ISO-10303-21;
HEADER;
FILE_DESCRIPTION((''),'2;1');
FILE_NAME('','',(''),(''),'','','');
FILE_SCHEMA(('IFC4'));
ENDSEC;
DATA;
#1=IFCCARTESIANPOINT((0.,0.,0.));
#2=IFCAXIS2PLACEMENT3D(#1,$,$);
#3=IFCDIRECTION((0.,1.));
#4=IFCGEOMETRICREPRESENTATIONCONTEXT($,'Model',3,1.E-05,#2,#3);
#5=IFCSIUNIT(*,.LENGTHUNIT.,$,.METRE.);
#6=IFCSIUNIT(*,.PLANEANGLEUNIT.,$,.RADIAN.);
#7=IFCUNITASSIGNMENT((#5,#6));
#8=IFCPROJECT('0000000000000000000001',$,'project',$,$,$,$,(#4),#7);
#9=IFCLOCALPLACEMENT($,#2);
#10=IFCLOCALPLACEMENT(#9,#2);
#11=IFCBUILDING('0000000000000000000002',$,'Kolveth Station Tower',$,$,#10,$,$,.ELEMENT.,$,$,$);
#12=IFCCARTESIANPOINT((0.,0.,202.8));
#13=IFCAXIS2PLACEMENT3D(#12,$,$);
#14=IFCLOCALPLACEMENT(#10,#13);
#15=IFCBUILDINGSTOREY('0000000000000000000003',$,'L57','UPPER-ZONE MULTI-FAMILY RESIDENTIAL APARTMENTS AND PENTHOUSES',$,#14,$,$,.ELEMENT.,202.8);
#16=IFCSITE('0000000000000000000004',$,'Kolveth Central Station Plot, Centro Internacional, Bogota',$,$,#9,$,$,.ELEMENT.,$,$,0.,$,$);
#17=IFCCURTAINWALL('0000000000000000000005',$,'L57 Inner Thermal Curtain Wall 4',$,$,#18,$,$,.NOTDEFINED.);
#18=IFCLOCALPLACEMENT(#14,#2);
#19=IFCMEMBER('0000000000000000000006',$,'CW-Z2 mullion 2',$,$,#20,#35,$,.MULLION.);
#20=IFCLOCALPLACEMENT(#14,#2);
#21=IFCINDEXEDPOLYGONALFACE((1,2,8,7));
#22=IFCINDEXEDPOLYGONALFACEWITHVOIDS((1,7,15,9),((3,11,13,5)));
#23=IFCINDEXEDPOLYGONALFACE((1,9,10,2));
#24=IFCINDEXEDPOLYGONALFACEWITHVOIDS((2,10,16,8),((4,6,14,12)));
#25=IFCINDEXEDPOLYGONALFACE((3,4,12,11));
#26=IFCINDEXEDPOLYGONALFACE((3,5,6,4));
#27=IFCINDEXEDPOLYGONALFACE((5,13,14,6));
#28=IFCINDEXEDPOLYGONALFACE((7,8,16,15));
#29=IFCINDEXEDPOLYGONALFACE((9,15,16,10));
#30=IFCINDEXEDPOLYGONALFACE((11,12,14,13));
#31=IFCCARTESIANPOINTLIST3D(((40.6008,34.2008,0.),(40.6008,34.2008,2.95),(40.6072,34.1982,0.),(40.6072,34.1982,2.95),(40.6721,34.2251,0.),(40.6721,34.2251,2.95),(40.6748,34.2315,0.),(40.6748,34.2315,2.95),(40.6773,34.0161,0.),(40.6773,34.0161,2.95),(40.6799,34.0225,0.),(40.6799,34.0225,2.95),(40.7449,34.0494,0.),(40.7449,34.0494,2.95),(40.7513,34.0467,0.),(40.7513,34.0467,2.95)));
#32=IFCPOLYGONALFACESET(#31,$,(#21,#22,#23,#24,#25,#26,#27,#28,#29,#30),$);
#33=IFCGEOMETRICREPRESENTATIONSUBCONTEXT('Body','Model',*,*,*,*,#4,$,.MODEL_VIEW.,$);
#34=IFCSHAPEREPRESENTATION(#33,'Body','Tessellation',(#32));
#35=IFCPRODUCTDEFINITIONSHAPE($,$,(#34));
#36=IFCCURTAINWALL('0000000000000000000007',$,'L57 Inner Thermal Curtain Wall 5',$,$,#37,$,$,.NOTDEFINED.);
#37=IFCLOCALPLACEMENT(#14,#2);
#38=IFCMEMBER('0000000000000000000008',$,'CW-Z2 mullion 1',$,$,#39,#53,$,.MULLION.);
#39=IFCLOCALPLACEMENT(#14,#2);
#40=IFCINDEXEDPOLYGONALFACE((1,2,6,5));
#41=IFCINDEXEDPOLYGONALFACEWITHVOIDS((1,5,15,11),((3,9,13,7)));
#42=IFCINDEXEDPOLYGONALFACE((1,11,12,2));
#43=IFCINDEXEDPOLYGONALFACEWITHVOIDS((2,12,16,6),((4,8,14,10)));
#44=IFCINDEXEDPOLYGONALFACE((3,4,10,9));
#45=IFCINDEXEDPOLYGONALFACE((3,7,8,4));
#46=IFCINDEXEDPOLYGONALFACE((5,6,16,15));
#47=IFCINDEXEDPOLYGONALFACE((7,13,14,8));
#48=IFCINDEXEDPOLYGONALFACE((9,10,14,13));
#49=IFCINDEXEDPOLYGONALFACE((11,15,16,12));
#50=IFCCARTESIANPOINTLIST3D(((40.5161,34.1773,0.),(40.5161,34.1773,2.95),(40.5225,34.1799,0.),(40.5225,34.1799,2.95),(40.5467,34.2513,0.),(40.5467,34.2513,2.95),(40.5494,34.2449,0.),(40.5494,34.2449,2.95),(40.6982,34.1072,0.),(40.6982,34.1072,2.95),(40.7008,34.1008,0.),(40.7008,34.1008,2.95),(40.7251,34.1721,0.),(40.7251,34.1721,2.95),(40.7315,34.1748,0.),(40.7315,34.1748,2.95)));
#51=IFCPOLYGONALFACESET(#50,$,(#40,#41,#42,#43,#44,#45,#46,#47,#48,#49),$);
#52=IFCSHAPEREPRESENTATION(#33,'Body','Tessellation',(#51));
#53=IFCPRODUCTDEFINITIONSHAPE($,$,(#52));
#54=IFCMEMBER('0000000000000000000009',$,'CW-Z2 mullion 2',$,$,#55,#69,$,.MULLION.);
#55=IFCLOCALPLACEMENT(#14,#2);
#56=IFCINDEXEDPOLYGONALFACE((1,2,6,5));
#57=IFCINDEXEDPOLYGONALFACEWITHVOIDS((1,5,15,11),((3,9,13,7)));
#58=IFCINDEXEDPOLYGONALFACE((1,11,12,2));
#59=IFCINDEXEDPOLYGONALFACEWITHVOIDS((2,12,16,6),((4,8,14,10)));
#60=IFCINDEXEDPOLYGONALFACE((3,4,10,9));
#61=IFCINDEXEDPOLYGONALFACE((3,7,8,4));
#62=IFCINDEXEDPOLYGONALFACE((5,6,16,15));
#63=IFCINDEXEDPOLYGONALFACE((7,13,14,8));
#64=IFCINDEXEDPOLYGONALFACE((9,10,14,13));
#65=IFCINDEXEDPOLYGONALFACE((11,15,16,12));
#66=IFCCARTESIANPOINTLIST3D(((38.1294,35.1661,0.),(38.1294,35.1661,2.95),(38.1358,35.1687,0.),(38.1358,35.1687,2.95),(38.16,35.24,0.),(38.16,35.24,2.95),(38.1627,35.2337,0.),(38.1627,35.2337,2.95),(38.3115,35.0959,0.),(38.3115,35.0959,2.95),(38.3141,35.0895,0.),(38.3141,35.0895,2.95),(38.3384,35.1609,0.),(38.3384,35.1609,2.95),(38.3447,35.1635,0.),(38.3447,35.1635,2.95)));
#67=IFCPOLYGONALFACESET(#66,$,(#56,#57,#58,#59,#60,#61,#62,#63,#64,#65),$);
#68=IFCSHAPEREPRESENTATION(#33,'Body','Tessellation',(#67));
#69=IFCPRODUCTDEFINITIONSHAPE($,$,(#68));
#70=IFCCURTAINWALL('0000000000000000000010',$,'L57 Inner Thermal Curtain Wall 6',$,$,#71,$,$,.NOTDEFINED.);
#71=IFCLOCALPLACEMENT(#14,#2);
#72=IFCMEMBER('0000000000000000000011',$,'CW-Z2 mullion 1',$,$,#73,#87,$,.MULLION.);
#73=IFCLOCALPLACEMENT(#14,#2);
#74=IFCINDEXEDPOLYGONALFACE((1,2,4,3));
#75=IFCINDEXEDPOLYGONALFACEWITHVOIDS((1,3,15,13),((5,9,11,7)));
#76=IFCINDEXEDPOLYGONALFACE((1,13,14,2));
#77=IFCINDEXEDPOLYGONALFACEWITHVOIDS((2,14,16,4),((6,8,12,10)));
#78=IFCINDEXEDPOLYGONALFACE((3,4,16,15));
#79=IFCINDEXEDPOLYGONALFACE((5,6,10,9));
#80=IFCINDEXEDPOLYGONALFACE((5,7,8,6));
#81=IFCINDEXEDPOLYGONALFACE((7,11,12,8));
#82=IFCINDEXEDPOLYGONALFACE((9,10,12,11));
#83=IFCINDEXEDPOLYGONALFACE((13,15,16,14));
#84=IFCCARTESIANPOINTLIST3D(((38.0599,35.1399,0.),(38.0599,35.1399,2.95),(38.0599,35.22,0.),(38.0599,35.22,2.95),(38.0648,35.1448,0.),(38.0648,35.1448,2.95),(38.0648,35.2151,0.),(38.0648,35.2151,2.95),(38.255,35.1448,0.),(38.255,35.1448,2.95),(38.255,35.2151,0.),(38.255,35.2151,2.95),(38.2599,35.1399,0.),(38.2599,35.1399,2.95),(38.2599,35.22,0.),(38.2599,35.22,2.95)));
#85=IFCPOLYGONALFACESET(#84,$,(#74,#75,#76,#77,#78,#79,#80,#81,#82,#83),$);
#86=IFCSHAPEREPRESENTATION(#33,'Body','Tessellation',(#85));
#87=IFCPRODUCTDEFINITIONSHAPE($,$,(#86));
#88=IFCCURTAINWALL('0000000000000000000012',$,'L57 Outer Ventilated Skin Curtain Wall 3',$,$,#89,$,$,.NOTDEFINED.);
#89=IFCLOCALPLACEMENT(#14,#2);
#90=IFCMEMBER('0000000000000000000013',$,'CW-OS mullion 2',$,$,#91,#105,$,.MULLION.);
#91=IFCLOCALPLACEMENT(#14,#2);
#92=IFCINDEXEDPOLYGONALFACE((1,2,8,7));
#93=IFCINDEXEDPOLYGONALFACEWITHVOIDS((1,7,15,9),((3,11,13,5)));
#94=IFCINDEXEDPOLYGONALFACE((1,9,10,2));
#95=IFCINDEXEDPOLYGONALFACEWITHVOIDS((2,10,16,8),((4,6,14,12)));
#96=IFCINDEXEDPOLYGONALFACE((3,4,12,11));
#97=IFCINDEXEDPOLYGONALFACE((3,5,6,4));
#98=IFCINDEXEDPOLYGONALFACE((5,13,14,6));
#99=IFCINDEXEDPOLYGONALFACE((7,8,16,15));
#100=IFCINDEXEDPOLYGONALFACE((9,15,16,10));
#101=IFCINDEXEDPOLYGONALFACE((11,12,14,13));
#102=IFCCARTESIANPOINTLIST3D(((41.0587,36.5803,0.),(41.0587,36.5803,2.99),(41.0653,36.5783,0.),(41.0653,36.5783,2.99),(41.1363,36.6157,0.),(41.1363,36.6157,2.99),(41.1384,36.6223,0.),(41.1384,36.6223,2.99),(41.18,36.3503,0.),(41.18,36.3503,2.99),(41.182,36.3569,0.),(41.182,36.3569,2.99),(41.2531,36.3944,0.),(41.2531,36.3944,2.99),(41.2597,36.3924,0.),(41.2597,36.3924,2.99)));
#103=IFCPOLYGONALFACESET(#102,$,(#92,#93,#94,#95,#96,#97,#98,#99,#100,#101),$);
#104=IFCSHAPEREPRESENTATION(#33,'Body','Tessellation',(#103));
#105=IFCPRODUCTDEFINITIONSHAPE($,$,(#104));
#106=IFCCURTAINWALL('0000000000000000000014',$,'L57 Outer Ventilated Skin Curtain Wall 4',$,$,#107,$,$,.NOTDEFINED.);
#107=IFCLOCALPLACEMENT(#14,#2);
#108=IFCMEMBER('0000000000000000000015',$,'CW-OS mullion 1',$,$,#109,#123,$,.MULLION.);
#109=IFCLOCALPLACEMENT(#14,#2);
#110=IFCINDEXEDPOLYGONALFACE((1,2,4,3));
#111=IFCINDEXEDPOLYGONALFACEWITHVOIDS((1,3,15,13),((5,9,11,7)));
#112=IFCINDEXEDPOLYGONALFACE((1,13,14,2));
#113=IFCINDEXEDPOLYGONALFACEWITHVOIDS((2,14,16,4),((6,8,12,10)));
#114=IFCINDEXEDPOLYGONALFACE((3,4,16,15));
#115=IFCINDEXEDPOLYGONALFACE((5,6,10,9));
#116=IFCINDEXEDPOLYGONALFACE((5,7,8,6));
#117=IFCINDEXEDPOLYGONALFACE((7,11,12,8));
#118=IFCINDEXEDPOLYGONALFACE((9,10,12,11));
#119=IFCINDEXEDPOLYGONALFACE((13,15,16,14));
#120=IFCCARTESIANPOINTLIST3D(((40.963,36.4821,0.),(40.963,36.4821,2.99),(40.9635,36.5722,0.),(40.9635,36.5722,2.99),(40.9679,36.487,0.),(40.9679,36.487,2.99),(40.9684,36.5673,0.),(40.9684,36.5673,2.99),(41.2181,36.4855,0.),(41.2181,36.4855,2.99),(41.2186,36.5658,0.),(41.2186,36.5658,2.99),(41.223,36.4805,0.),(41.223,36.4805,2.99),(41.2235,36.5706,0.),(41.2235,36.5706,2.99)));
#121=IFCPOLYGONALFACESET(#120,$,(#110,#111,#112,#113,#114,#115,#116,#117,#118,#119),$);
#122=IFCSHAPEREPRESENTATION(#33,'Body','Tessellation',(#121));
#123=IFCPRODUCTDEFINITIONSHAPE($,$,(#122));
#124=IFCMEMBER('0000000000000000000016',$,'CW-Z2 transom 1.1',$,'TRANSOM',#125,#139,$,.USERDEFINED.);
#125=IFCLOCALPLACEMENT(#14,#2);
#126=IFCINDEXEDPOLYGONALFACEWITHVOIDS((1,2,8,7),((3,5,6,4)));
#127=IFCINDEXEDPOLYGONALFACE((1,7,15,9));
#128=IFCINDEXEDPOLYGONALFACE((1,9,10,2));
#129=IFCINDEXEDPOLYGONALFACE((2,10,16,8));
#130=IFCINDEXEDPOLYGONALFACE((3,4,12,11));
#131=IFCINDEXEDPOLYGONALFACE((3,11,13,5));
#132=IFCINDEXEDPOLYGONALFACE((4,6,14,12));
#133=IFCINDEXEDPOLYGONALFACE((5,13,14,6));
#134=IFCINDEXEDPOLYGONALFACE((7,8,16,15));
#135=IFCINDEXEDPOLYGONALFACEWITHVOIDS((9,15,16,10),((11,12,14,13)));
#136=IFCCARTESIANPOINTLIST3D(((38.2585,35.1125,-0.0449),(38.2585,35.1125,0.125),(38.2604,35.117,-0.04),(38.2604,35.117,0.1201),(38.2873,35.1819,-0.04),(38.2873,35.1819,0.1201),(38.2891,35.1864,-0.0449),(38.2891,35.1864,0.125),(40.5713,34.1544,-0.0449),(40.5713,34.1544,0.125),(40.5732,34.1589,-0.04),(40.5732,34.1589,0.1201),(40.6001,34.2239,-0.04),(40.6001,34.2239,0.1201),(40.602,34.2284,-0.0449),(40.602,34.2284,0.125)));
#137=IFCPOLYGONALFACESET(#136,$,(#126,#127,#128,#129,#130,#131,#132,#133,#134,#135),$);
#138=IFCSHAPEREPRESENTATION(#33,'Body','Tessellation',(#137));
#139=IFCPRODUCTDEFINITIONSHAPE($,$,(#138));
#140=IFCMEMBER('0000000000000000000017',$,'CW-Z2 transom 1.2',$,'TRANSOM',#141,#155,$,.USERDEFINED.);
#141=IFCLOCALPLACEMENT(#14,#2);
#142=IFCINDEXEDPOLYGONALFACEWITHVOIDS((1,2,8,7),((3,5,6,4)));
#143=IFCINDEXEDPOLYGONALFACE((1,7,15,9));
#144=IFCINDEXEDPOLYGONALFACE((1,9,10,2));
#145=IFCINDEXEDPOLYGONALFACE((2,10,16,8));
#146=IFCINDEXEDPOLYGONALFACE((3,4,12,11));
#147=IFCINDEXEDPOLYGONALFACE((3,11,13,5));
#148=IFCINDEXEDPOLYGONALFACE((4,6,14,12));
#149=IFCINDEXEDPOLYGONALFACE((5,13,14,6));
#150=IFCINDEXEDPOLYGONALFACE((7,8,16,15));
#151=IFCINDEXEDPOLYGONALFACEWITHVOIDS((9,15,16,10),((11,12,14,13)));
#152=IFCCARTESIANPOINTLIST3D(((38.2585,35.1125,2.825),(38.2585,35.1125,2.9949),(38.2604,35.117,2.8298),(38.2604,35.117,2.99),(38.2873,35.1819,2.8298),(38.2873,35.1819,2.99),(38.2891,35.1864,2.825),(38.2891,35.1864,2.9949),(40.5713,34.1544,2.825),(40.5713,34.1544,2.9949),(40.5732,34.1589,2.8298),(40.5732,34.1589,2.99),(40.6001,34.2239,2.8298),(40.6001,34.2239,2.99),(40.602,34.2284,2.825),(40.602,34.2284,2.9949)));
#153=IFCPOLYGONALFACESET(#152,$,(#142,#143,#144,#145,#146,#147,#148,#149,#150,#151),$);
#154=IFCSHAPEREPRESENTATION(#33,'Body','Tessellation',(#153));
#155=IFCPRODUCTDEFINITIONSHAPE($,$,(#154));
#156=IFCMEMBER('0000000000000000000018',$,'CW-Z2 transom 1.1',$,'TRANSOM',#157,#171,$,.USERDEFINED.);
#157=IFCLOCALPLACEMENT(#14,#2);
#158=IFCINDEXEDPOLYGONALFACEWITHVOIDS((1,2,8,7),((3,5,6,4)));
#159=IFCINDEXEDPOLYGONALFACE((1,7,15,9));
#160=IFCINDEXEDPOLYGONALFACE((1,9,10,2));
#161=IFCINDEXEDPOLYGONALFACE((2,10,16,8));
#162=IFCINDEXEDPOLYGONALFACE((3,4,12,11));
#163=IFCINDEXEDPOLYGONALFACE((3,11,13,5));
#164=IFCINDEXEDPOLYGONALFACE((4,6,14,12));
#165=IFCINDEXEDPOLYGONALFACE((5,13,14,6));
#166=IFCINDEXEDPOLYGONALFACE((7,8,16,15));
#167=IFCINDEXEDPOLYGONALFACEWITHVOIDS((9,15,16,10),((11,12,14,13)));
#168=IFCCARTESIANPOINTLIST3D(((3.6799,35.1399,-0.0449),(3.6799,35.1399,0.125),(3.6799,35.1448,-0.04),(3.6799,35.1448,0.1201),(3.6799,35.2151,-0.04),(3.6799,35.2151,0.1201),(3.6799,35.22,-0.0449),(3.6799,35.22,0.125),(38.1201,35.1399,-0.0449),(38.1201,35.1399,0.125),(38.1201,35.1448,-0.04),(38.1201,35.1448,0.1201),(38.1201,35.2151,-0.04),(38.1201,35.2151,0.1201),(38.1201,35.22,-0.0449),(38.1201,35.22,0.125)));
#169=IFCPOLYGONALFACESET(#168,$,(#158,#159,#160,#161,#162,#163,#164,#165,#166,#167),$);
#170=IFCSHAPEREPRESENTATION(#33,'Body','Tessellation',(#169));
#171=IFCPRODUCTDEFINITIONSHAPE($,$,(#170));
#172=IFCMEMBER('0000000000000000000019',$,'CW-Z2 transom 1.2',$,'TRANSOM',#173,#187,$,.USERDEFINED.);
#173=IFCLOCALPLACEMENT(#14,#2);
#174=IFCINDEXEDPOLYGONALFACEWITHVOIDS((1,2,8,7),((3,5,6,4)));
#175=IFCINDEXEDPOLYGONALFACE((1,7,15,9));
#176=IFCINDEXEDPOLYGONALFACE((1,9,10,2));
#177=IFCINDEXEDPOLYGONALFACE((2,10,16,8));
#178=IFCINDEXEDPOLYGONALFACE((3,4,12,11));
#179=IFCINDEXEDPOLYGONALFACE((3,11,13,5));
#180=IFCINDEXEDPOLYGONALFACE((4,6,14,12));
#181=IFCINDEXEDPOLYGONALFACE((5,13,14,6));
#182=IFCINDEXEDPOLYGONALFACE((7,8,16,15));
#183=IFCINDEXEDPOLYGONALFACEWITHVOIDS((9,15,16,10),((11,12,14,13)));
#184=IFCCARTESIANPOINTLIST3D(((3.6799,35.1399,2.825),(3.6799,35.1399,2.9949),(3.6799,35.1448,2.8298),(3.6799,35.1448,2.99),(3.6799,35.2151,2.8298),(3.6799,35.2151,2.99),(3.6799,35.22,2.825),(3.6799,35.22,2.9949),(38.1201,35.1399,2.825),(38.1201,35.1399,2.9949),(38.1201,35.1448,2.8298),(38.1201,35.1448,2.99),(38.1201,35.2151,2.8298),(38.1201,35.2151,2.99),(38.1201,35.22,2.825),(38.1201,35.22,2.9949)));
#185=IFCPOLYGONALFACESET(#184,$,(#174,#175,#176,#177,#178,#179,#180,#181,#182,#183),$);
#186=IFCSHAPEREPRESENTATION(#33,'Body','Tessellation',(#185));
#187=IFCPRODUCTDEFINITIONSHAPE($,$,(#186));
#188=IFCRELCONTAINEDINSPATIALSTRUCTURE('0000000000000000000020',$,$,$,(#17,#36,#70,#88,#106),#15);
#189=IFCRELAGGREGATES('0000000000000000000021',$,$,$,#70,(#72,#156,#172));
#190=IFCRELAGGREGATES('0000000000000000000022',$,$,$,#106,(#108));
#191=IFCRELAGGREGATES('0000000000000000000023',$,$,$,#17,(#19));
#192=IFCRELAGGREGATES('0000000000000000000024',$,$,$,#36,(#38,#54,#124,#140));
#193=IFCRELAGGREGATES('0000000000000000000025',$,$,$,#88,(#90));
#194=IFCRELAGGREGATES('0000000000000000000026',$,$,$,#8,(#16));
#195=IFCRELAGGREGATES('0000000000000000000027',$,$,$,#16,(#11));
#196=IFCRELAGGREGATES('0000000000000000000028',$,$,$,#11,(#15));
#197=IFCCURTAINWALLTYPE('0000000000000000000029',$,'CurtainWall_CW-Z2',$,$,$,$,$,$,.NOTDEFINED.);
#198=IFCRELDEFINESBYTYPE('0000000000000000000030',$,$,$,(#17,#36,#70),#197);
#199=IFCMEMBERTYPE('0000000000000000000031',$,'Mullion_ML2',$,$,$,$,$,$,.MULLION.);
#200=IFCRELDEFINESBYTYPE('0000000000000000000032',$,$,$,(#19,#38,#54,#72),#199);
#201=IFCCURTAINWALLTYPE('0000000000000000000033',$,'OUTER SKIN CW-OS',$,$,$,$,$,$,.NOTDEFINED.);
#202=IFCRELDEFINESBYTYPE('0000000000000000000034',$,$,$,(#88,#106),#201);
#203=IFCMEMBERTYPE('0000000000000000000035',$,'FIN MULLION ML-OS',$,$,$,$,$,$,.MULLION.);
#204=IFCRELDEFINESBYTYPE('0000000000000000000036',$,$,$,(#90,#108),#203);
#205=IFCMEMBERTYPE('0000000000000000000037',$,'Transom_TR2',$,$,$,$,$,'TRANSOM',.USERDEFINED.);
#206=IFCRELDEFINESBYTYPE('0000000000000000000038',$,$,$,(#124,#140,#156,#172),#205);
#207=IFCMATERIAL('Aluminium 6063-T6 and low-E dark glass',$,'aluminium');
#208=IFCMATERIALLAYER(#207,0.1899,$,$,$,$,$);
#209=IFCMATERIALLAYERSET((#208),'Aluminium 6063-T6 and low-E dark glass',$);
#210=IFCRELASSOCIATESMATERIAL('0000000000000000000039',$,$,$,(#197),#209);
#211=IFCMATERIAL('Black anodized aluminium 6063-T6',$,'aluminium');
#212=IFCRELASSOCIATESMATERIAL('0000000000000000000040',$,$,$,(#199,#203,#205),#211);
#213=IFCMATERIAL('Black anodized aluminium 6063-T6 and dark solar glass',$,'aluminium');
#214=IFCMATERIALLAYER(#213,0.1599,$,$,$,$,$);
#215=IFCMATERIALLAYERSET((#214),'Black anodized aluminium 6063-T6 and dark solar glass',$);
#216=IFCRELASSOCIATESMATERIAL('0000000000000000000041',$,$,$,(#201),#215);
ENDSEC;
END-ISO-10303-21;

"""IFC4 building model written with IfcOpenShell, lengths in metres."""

from ifc_helpers import new_model, si_unit, direction, frame, origin, origin_2d, place, context, subcontext, project, spatial, hollow_rectangle, extrude, source, transform, mapped, material, layer, layer_set, material_profile, profile_set, type_object, element, aggregate, save


model = new_model("IFC4")

# Units and contexts
model_context = context("Model", 3, precision=1e-05, world=origin(), true_north=direction((0.0, 1.0)))
body_context = subcontext(model_context, "Body", "Model", "MODEL_VIEW")
ifc_project = project(units=[si_unit("LENGTHUNIT", "METRE"), si_unit("PLANEANGLEUNIT", "RADIAN")], contexts=[model_context])

# Site, building, storey
site_placement = place(None, origin())
site = spatial("IfcSite", under=ifc_project, at=site_placement, Name="Kolveth Central Station Plot, Centro Internacional, Bogota", CompositionType="ELEMENT", RefElevation=0.0)
building_placement = place(site_placement, origin())
building = spatial("IfcBuilding", under=site, at=building_placement, Name="Kolveth Station Tower", CompositionType="ELEMENT")
storey_placement = place(building_placement, frame((0.0, 0.0, 202.8)))
storey = spatial("IfcBuildingStorey", under=building, at=storey_placement, Name="L57", Description="UPPER-ZONE MULTI-FAMILY RESIDENTIAL APARTMENTS AND PENTHOUSES", CompositionType="ELEMENT", Elevation=202.8)

# Curtain wall, member
ifc_material_1 = material(Name="Aluminium 6063-T6 and low-E dark glass", Category="aluminium")
ifc_layer_1 = layer(ifc_material_1, 0.1899)
ifc_layer_set_1 = layer_set([ifc_layer_1], Name="Aluminium 6063-T6 and low-E dark glass")
curtain_wall_type_1 = type_object("IfcCurtainWallType", Name="CurtainWall_CW-Z2", PredefinedType="NOTDEFINED", material=ifc_layer_set_1)
curtain_wall_1_placement = place(storey_placement, origin())
curtain_wall_1 = element("IfcCurtainWall", 1, at=curtain_wall_1_placement, inside=storey, type_object=curtain_wall_type_1, Name="L57 Inner Thermal Curtain Wall 4", PredefinedType="NOTDEFINED")
ifc_material_2 = material(Name="Black anodized aluminium 6063-T6", Category="aluminium")
ifc_material_profile_1 = material_profile(ifc_material_2, hollow_rectangle(XDim=0.0801, YDim=0.2, WallThickness=0.0049, at=origin_2d()), Name="ALU-80x200x5")
ifc_profile_set_1 = profile_set([ifc_material_profile_1], Name="Black anodized aluminium 6063-T6")
member_type_1 = type_object("IfcMemberType", Name="Mullion_ML2", PredefinedType="MULLION", material=ifc_profile_set_1)
shared_shape_1 = source(origin(), body_context, "Body", "SweptSolid", [
    extrude(hollow_rectangle(XDim=0.0801, YDim=0.2, WallThickness=0.0049, at=origin_2d()), origin(), (0.0, 0.0, 1.0), 2.95),
])
member_1_placement = place(storey_placement, frame((40.676, 34.1238, 0.0), z_axis=(0.0, 0.0, 1.0), x_axis=(-0.923874, -0.382698, 0.0)))
member_1 = element("IfcMember", 2, at=member_1_placement, type_object=member_type_1, Name="CW-Z2 mullion 2", PredefinedType="MULLION", context=body_context, shape_type="MappedRepresentation", body=[
    mapped(shared_shape_1, transform((0.0, 0.0, 0.0), x_axis=(1.0, 0.0, 0.0), y_axis=(0.0, 1.0, 0.0), z_axis=(0.0, 0.0, 1.0), scale=1.0)),
])

# Curtain wall, members
curtain_wall_2_placement = place(storey_placement, origin())
curtain_wall_2 = element("IfcCurtainWall", 3, at=curtain_wall_2_placement, inside=storey, type_object=curtain_wall_type_1, Name="L57 Inner Thermal Curtain Wall 5", PredefinedType="NOTDEFINED")
member_2_placement = place(storey_placement, frame((40.6238, 34.176, 0.0), z_axis=(0.0, 0.0, 1.0), x_axis=(-0.382698, -0.923874, 0.0)))
member_2 = element("IfcMember", 4, at=member_2_placement, type_object=member_type_1, Name="CW-Z2 mullion 1", PredefinedType="MULLION", context=body_context, shape_type="MappedRepresentation", body=[
    mapped(shared_shape_1, transform((0.0, 0.0, 0.0), x_axis=(1.0, 0.0, 0.0), y_axis=(0.0, 1.0, 0.0), z_axis=(0.0, 0.0, 1.0), scale=1.0)),
])
member_3_placement = place(storey_placement, frame((38.2371, 35.1648, 0.0), z_axis=(0.0, 0.0, 1.0), x_axis=(-0.382698, -0.923874, 0.0)))
member_3 = element("IfcMember", 5, at=member_3_placement, type_object=member_type_1, Name="CW-Z2 mullion 2", PredefinedType="MULLION", context=body_context, shape_type="MappedRepresentation", body=[
    mapped(shared_shape_1, transform((0.0, 0.0, 0.0), x_axis=(1.0, 0.0, 0.0), y_axis=(0.0, 1.0, 0.0), z_axis=(0.0, 0.0, 1.0), scale=1.0)),
])

# Curtain walls, members
curtain_wall_3_placement = place(storey_placement, origin())
curtain_wall_3 = element("IfcCurtainWall", 6, at=curtain_wall_3_placement, inside=storey, type_object=curtain_wall_type_1, Name="L57 Inner Thermal Curtain Wall 6", PredefinedType="NOTDEFINED")
member_4_placement = place(storey_placement, frame((38.1599, 35.1799, 0.0), z_axis=(0.0, 0.0, 1.0), x_axis=(0.0, -1.0, 0.0)))
member_4 = element("IfcMember", 7, at=member_4_placement, type_object=member_type_1, Name="CW-Z2 mullion 1", PredefinedType="MULLION", context=body_context, shape_type="MappedRepresentation", body=[
    mapped(shared_shape_1, transform((0.0, 0.0, 0.0), x_axis=(1.0, 0.0, 0.0), y_axis=(0.0, 1.0, 0.0), z_axis=(0.0, 0.0, 1.0), scale=1.0)),
])
ifc_material_3 = material(Name="Black anodized aluminium 6063-T6 and dark solar glass", Category="aluminium")
ifc_layer_2 = layer(ifc_material_3, 0.1599)
ifc_layer_set_2 = layer_set([ifc_layer_2], Name="Black anodized aluminium 6063-T6 and dark solar glass")
curtain_wall_type_2 = type_object("IfcCurtainWallType", Name="OUTER SKIN CW-OS", PredefinedType="NOTDEFINED", material=ifc_layer_set_2)
curtain_wall_4_placement = place(storey_placement, origin())
curtain_wall_4 = element("IfcCurtainWall", 8, at=curtain_wall_4_placement, inside=storey, type_object=curtain_wall_type_2, Name="L57 Outer Ventilated Skin Curtain Wall 3", PredefinedType="NOTDEFINED")
ifc_material_profile_2 = material_profile(ifc_material_2, hollow_rectangle(XDim=0.0901, YDim=0.26, WallThickness=0.0049, at=origin_2d()), Name="ALU-90x260x5")
ifc_profile_set_2 = profile_set([ifc_material_profile_2], Name="Black anodized aluminium 6063-T6")
member_type_2 = type_object("IfcMemberType", Name="FIN MULLION ML-OS", PredefinedType="MULLION", material=ifc_profile_set_2)
shared_shape_2 = source(origin(), body_context, "Body", "SweptSolid", [
    extrude(hollow_rectangle(XDim=0.0901, YDim=0.26, WallThickness=0.0049, at=origin_2d()), origin(), (0.0, 0.0, 1.0), 2.99),
])
member_5_placement = place(storey_placement, frame((41.1592, 36.4863, 0.0), z_axis=(0.0, 0.0, 1.0), x_axis=(-0.88446, -0.466617, 0.0)))
member_5 = element("IfcMember", 9, at=member_5_placement, type_object=member_type_2, Name="CW-OS mullion 2", PredefinedType="MULLION", context=body_context, shape_type="MappedRepresentation", body=[
    mapped(shared_shape_2, transform((0.0, 0.0, 0.0), x_axis=(1.0, 0.0, 0.0), y_axis=(0.0, 1.0, 0.0), z_axis=(0.0, 0.0, 1.0), scale=1.0)),
])
curtain_wall_5_placement = place(storey_placement, origin())
curtain_wall_5 = element("IfcCurtainWall", 10, at=curtain_wall_5_placement, inside=storey, type_object=curtain_wall_type_2, Name="L57 Outer Ventilated Skin Curtain Wall 4", PredefinedType="NOTDEFINED")
member_6_placement = place(storey_placement, frame((41.0933, 36.5264, 0.0), z_axis=(0.0, 0.0, 1.0), x_axis=(-0.00604, -0.999982, 0.0)))
member_6 = element("IfcMember", 11, at=member_6_placement, type_object=member_type_2, Name="CW-OS mullion 1", PredefinedType="MULLION", context=body_context, shape_type="MappedRepresentation", body=[
    mapped(shared_shape_2, transform((0.0, 0.0, 0.0), x_axis=(1.0, 0.0, 0.0), y_axis=(0.0, 1.0, 0.0), z_axis=(0.0, 0.0, 1.0), scale=1.0)),
])

# Members
ifc_material_profile_3 = material_profile(ifc_material_2, hollow_rectangle(XDim=0.0801, YDim=0.1699, WallThickness=0.0049, at=origin_2d()), Name="ALU-80x170x5")
ifc_profile_set_3 = profile_set([ifc_material_profile_3], Name="Black anodized aluminium 6063-T6")
member_type_3 = type_object("IfcMemberType", Name="Transom_TR2", ElementType="TRANSOM", PredefinedType="USERDEFINED", material=ifc_profile_set_3)
shared_shape_3 = source(origin(), body_context, "Body", "SweptSolid", [
    extrude(hollow_rectangle(XDim=0.0801, YDim=0.1699, WallThickness=0.0049, at=origin_2d()), origin(), (0.0, 0.0, 1.0), 2.5034),
])
member_7_placement = place(storey_placement, frame((40.5867, 34.1914, 0.04), z_axis=(-0.923874, 0.382696, 0.0), x_axis=(-0.382696, -0.923874, 0.0)))
member_7 = element("IfcMember", 12, at=member_7_placement, type_object=member_type_3, Name="CW-Z2 transom 1.1", ObjectType="TRANSOM", PredefinedType="USERDEFINED", context=body_context, shape_type="MappedRepresentation", body=[
    mapped(shared_shape_3, transform((0.0, 0.0, 0.0), x_axis=(1.0, 0.0, 0.0), y_axis=(0.0, 1.0, 0.0), z_axis=(0.0, 0.0, 1.0), scale=1.0)),
])
member_8_placement = place(storey_placement, frame((40.5867, 34.1914, 2.9099), z_axis=(-0.923874, 0.382696, 0.0), x_axis=(-0.382696, -0.923874, 0.0)))
member_8 = element("IfcMember", 13, at=member_8_placement, type_object=member_type_3, Name="CW-Z2 transom 1.2", ObjectType="TRANSOM", PredefinedType="USERDEFINED", context=body_context, shape_type="MappedRepresentation", body=[
    mapped(shared_shape_3, transform((0.0, 0.0, 0.0), x_axis=(1.0, 0.0, 0.0), y_axis=(0.0, 1.0, 0.0), z_axis=(0.0, 0.0, 1.0), scale=1.0)),
])
shared_shape_4 = source(origin(), body_context, "Body", "SweptSolid", [
    extrude(hollow_rectangle(XDim=0.0801, YDim=0.1699, WallThickness=0.0049, at=origin_2d()), origin(), (0.0, 0.0, 1.0), 34.4402),
])
member_9_placement = place(storey_placement, frame((38.1201, 35.1799, 0.04), z_axis=(-1.0, 0.0, 0.0), x_axis=(0.0, -1.0, 0.0)))
member_9 = element("IfcMember", 14, at=member_9_placement, type_object=member_type_3, Name="CW-Z2 transom 1.1", ObjectType="TRANSOM", PredefinedType="USERDEFINED", context=body_context, shape_type="MappedRepresentation", body=[
    mapped(shared_shape_4, transform((0.0, 0.0, 0.0), x_axis=(1.0, 0.0, 0.0), y_axis=(0.0, 1.0, 0.0), z_axis=(0.0, 0.0, 1.0), scale=1.0)),
])
member_10_placement = place(storey_placement, frame((38.1201, 35.1799, 2.9099), z_axis=(-1.0, 0.0, 0.0), x_axis=(0.0, -1.0, 0.0)))
member_10 = element("IfcMember", 15, at=member_10_placement, type_object=member_type_3, Name="CW-Z2 transom 1.2", ObjectType="TRANSOM", PredefinedType="USERDEFINED", context=body_context, shape_type="MappedRepresentation", body=[
    mapped(shared_shape_4, transform((0.0, 0.0, 0.0), x_axis=(1.0, 0.0, 0.0), y_axis=(0.0, 1.0, 0.0), z_axis=(0.0, 0.0, 1.0), scale=1.0)),
])
aggregate(curtain_wall_3, [member_4, member_9, member_10])
aggregate(curtain_wall_5, [member_6])

aggregate(curtain_wall_1, [member_1])
aggregate(curtain_wall_2, [member_2, member_3, member_7, member_8])
aggregate(curtain_wall_4, [member_5])

save(model, "model.ifc")
